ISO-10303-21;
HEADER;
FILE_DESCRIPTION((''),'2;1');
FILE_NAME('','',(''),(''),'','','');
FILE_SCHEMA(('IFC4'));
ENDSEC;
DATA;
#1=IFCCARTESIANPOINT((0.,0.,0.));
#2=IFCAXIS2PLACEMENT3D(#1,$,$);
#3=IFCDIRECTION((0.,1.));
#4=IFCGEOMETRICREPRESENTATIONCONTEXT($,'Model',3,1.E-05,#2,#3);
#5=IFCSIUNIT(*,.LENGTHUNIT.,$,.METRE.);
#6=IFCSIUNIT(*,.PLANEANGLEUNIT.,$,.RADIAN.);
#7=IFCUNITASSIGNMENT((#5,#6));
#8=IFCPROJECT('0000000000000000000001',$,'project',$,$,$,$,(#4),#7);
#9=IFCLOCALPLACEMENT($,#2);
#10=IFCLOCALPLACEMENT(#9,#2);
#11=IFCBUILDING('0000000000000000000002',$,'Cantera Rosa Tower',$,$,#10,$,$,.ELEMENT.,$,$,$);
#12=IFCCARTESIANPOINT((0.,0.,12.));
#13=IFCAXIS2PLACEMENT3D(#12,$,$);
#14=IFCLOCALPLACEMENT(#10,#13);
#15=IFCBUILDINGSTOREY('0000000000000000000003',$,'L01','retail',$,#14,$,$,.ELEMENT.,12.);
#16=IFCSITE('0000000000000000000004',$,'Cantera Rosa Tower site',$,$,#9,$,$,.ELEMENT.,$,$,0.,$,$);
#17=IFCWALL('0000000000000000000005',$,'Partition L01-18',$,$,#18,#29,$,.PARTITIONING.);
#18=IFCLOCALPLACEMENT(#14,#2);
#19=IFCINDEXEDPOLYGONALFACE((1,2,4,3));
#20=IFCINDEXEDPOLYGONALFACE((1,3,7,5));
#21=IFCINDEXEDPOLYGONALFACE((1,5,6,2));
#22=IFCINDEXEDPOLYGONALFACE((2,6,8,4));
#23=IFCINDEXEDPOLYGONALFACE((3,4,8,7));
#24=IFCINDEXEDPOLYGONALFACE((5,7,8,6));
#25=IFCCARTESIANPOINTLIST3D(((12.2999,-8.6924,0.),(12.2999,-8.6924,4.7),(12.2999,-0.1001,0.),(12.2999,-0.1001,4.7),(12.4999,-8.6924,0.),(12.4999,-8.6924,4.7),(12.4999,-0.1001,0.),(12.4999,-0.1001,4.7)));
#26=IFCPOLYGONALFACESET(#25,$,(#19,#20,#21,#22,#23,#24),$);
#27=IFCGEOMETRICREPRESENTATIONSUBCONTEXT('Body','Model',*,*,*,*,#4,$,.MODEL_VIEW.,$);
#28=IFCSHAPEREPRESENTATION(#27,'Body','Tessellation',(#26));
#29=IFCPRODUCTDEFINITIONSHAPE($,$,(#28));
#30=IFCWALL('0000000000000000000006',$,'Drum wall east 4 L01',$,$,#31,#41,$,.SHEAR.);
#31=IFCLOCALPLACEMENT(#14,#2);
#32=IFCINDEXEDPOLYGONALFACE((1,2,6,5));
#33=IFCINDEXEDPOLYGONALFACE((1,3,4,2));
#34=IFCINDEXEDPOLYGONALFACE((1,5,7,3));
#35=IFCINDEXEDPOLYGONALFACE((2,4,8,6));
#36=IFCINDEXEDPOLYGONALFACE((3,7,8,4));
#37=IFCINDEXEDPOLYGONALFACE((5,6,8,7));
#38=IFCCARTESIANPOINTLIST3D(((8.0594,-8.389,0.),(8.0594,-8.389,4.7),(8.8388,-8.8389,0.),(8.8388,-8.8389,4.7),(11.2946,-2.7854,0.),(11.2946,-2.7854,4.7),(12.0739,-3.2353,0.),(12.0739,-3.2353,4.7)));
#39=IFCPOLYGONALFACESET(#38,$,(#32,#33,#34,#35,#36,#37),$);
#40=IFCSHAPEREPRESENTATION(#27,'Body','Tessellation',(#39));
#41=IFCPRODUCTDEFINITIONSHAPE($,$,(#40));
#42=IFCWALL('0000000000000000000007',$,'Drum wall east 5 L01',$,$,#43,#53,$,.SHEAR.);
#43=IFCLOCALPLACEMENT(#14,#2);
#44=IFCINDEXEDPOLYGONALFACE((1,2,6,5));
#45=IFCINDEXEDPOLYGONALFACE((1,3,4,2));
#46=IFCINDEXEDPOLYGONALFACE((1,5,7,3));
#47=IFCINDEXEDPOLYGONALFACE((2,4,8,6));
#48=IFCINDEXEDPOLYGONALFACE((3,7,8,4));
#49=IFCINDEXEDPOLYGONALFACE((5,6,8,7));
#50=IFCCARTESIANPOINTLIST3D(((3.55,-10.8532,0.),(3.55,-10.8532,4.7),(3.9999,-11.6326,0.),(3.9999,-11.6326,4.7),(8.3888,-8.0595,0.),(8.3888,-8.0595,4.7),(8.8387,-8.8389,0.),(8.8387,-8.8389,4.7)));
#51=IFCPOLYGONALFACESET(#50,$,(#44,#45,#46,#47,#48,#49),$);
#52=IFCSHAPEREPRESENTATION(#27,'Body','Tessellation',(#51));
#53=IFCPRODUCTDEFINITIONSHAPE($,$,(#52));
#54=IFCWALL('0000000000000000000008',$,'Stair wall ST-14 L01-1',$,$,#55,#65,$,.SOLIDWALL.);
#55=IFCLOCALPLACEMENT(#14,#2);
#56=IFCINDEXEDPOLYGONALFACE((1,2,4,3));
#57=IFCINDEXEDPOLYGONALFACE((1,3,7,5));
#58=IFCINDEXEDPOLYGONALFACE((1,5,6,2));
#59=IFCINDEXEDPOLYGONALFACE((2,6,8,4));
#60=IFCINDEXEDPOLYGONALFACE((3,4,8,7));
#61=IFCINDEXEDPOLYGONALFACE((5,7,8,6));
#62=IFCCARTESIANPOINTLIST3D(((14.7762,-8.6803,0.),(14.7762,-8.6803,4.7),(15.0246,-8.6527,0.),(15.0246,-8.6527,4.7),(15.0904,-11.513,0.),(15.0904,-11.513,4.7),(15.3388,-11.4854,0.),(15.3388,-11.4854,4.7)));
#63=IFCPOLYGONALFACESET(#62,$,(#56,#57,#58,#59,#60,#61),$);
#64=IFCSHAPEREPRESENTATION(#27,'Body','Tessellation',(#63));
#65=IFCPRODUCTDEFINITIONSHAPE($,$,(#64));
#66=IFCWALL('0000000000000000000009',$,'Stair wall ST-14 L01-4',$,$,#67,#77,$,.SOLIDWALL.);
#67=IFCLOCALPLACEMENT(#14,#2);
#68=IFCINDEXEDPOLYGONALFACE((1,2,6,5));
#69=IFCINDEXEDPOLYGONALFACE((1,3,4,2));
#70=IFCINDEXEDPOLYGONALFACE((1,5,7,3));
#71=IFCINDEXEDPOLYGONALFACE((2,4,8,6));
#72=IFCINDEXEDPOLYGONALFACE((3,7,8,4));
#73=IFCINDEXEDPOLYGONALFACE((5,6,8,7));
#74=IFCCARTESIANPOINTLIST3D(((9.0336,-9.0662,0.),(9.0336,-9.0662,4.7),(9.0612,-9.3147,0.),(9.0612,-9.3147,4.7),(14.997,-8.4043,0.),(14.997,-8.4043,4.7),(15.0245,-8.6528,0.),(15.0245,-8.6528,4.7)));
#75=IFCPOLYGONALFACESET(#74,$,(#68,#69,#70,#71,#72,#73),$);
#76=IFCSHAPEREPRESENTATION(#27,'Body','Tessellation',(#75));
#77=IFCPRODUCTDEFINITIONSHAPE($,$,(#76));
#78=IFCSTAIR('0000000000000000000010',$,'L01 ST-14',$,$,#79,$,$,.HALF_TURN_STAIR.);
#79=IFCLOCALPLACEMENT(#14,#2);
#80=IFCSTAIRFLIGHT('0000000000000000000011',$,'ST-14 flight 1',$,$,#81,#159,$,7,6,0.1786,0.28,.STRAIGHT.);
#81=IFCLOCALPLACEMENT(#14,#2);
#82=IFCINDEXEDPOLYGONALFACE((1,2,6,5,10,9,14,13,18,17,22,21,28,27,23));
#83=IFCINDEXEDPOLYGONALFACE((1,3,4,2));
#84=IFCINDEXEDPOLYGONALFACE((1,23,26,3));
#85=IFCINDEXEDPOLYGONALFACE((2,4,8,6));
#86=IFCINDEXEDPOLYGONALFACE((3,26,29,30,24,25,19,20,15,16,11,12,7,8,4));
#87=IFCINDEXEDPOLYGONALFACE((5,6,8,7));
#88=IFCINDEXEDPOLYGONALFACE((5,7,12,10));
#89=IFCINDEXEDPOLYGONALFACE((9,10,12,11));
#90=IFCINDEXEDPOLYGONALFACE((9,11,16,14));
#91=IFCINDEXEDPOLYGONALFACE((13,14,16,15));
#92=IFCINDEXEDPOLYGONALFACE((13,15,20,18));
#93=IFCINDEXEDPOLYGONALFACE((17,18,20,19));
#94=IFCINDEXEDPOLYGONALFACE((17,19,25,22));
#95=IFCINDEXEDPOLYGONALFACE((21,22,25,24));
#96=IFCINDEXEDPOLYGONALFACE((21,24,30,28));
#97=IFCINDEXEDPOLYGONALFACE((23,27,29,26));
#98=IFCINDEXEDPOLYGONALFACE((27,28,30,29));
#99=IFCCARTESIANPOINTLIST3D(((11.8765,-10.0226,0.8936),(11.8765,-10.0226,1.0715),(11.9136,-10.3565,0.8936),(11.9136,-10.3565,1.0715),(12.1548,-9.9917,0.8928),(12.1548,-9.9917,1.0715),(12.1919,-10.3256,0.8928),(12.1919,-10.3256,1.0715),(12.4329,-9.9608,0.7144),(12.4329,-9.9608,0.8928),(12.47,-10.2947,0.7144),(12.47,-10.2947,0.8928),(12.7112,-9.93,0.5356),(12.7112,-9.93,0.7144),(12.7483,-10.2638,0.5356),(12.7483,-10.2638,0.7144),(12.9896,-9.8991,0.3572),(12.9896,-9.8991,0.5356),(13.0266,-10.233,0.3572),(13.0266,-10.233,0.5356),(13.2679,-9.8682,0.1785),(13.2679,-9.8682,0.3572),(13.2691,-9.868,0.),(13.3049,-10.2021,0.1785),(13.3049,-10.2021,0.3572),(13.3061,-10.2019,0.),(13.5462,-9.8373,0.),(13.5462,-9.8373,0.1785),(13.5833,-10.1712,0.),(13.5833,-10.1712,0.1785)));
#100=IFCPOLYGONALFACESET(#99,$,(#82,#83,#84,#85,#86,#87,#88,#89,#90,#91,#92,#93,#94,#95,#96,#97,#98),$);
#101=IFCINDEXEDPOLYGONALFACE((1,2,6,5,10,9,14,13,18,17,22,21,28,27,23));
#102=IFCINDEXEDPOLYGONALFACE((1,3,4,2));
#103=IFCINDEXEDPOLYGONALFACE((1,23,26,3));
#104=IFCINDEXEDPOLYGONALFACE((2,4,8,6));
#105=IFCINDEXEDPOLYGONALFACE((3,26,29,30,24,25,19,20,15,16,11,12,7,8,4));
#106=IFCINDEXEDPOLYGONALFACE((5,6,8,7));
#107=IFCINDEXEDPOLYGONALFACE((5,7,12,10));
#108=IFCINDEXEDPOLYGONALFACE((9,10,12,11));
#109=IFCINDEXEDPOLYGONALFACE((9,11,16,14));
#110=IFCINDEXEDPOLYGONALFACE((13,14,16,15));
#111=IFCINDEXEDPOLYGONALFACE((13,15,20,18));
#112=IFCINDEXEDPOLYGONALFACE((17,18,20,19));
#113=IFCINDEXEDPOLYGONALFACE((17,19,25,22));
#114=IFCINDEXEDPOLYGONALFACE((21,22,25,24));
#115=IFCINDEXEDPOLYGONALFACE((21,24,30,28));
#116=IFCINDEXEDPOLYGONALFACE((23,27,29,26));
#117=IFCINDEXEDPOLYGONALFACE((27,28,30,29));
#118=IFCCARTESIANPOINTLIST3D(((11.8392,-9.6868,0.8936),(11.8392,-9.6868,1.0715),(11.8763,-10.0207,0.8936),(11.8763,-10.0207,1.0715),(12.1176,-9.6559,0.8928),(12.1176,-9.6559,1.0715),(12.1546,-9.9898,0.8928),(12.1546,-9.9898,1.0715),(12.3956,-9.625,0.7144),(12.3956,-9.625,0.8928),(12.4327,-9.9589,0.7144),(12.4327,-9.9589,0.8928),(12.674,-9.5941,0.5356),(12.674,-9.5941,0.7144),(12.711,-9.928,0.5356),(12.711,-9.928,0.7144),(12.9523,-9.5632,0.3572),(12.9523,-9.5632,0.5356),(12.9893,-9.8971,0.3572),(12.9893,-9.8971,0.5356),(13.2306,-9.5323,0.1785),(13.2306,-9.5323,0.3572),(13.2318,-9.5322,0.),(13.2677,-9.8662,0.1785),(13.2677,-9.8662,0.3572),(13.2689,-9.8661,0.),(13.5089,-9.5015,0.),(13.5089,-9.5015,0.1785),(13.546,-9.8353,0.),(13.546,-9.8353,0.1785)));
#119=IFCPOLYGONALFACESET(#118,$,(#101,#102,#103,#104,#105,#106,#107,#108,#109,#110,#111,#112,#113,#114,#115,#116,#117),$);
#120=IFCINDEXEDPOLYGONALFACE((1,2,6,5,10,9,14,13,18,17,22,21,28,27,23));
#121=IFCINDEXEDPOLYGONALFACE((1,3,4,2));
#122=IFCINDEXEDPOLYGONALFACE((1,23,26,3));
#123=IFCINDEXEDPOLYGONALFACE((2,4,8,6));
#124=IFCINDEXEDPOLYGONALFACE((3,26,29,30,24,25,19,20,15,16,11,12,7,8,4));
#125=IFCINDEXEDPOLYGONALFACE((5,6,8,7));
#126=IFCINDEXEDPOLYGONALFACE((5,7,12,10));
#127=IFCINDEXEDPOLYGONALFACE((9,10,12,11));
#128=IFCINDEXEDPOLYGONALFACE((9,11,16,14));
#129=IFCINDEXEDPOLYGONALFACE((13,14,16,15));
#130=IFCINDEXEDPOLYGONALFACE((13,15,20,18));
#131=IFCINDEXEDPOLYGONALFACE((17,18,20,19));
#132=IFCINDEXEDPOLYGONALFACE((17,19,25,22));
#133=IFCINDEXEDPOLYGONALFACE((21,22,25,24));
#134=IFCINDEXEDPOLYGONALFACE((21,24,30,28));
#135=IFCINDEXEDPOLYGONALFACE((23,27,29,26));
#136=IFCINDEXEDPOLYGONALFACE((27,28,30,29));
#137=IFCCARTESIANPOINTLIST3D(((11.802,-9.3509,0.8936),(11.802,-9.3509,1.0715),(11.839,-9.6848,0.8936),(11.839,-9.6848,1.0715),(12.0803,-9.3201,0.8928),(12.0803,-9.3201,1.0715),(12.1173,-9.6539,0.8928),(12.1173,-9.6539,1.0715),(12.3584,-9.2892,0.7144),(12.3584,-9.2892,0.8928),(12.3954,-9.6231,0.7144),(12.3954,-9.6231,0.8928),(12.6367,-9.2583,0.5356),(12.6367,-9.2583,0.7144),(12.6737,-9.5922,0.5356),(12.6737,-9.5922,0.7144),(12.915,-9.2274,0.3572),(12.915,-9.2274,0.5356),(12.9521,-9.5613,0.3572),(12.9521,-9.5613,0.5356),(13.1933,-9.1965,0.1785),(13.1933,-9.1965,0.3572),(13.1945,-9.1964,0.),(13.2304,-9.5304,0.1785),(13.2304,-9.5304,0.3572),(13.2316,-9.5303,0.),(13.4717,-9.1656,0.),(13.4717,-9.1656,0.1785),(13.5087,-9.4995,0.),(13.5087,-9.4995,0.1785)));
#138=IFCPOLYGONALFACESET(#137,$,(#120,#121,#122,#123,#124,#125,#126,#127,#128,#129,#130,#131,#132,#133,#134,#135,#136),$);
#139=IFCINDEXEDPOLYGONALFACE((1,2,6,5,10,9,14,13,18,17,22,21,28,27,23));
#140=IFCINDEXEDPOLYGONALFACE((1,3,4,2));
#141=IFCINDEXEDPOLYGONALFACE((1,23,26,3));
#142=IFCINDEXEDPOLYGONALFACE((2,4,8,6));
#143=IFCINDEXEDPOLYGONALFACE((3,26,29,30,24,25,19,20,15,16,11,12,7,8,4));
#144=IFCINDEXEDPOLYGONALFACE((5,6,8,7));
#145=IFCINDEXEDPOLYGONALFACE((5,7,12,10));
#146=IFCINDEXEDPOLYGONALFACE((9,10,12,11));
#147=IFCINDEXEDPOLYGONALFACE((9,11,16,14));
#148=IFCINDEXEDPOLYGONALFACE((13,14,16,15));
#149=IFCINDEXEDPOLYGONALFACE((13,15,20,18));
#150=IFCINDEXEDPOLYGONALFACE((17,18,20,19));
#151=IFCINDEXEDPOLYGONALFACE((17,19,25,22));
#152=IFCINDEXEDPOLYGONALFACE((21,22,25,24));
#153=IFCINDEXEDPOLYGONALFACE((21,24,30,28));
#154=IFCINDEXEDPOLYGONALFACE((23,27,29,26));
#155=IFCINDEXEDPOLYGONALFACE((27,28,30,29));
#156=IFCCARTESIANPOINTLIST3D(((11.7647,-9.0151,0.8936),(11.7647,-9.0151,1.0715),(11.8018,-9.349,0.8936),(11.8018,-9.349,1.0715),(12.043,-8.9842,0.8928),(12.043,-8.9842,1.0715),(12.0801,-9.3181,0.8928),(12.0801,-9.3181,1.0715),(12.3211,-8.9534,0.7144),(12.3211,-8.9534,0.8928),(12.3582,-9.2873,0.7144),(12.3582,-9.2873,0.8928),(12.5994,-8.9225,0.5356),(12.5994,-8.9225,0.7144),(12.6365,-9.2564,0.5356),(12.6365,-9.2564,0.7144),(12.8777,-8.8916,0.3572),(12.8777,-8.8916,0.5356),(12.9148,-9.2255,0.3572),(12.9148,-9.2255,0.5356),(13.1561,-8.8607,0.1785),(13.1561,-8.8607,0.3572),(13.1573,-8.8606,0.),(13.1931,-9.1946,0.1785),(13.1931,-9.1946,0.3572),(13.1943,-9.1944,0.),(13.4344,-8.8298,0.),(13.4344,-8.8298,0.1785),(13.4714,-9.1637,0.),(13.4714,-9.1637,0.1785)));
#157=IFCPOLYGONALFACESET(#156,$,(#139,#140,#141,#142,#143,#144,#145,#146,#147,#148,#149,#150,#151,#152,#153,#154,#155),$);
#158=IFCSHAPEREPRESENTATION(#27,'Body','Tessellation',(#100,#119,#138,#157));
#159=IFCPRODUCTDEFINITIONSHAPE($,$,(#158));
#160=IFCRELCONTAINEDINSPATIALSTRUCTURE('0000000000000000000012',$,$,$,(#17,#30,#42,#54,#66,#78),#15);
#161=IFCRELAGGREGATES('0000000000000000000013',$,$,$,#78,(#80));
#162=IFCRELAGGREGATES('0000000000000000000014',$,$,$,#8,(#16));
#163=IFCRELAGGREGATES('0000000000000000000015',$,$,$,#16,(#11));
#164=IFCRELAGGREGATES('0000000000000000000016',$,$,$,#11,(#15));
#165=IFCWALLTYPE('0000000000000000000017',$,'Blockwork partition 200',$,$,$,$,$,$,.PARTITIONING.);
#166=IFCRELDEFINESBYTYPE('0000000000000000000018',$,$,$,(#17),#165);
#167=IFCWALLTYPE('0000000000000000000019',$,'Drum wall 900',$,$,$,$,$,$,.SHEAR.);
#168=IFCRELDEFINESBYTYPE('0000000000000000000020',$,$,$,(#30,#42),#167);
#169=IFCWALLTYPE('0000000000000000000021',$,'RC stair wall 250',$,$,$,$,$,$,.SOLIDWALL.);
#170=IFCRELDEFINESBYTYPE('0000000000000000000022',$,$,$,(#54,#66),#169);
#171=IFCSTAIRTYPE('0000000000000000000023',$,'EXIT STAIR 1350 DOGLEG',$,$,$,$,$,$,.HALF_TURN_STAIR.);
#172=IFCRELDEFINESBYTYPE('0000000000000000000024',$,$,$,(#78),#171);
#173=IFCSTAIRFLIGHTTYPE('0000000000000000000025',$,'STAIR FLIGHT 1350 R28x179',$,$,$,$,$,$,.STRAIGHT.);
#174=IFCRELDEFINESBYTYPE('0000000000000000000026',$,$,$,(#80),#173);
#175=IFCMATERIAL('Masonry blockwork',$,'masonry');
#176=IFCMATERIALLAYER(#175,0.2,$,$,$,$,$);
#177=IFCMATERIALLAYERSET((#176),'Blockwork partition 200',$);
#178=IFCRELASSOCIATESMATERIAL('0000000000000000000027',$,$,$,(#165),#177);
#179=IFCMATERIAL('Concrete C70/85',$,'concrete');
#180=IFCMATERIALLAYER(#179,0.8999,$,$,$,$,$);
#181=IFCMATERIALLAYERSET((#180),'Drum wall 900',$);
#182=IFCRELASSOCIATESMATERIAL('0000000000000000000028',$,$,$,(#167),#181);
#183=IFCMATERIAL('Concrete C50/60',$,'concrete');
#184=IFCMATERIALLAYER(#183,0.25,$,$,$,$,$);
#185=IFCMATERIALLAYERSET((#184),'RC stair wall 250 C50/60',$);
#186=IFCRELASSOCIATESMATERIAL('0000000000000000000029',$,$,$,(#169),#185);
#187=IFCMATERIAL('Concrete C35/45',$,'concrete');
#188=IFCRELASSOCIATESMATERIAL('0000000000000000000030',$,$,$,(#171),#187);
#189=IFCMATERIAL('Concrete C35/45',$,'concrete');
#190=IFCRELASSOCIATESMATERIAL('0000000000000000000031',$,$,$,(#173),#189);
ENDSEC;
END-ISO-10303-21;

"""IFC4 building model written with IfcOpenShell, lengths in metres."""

from ifc_helpers import new_model, si_unit, direction, frame, frame_2d, origin, place, context, subcontext, project, spatial, polyline, rectangle, outline, extrude, material, layer, layer_set, type_object, element, aggregate, save


model = new_model("IFC4")

# Units and contexts
model_context = context("Model", 3, precision=1e-05, world=origin(), true_north=direction((0.0, 1.0)))
body_context = subcontext(model_context, "Body", "Model", "MODEL_VIEW")
ifc_project = project(units=[si_unit("LENGTHUNIT", "METRE"), si_unit("PLANEANGLEUNIT", "RADIAN")], contexts=[model_context])

# Site, building, storey
site_placement = place(None, origin())
site = spatial("IfcSite", under=ifc_project, at=site_placement, Name="Cantera Rosa Tower site", CompositionType="ELEMENT", RefElevation=0.0)
building_placement = place(site_placement, origin())
building = spatial("IfcBuilding", under=site, at=building_placement, Name="Cantera Rosa Tower", CompositionType="ELEMENT")
storey_placement = place(building_placement, frame((0.0, 0.0, 12.0)))
storey = spatial("IfcBuildingStorey", under=building, at=storey_placement, Name="L01", Description="retail", CompositionType="ELEMENT", Elevation=12.0)

# Walls
ifc_material_1 = material(Name="Masonry blockwork", Category="masonry")
ifc_layer_1 = layer(ifc_material_1, 0.2)
ifc_layer_set_1 = layer_set([ifc_layer_1], Name="Blockwork partition 200")
wall_type_1 = type_object("IfcWallType", Name="Blockwork partition 200", PredefinedType="PARTITIONING", material=ifc_layer_set_1)
wall_1_placement = place(storey_placement, frame((12.3999, -8.6924, 0.0), z_axis=(0.0, 0.0, 1.0), x_axis=(0.0, 1.0, 0.0)))
element("IfcWall", 1, at=wall_1_placement, inside=storey, type_object=wall_type_1, Name="Partition L01-18", PredefinedType="PARTITIONING", context=body_context, shape_type="SweptSolid", body=[
    extrude(rectangle(XDim=8.5923, YDim=0.2, at=frame_2d((4.2961, 0.0))), origin(), (0.0, 0.0, 1.0), 4.7),
])
ifc_material_2 = material(Name="Concrete C70/85", Category="concrete")
ifc_layer_2 = layer(ifc_material_2, 0.8999)
ifc_layer_set_2 = layer_set([ifc_layer_2], Name="Drum wall 900")
wall_type_2 = type_object("IfcWallType", Name="Drum wall 900", PredefinedType="SHEAR", material=ifc_layer_set_2)
wall_2_placement = place(storey_placement, frame((11.6843, -3.0103, 0.0), z_axis=(0.0, 0.0, 1.0), x_axis=(-0.49999, -0.866031, 0.0)))
element("IfcWall", 2, at=wall_2_placement, inside=storey, type_object=wall_type_2, Name="Drum wall east 4 L01", PredefinedType="SHEAR", context=body_context, shape_type="SweptSolid", body=[
    extrude(rectangle(XDim=6.4705, YDim=0.8999, at=frame_2d((3.2354, 0.0))), origin(), (0.0, 0.0, 1.0), 4.7),
])
wall_3_placement = place(storey_placement, frame((8.6138, -8.4492, 0.0), z_axis=(0.0, 0.0, 1.0), x_axis=(-0.866027, -0.499997, 0.0)))
element("IfcWall", 3, at=wall_3_placement, inside=storey, type_object=wall_type_2, Name="Drum wall east 5 L01", PredefinedType="SHEAR", context=body_context, shape_type="SweptSolid", body=[
    extrude(rectangle(XDim=5.5874, YDim=0.8999, at=frame_2d((2.7937, 0.0))), origin(), (0.0, 0.0, 1.0), 4.7),
])
ifc_material_3 = material(Name="Concrete C50/60", Category="concrete")
ifc_layer_3 = layer(ifc_material_3, 0.25)
ifc_layer_set_3 = layer_set([ifc_layer_3], Name="RC stair wall 250 C50/60")
wall_type_3 = type_object("IfcWallType", Name="RC stair wall 250", PredefinedType="SOLIDWALL", material=ifc_layer_set_3)
wall_4_placement = place(storey_placement, frame((14.9004, -8.6665, 0.0), z_axis=(0.0, 0.0, 1.0), x_axis=(0.110243, -0.993905, 0.0)))
element("IfcWall", 4, at=wall_4_placement, inside=storey, type_object=wall_type_3, Name="Stair wall ST-14 L01-1", PredefinedType="SOLIDWALL", context=body_context, shape_type="SweptSolid", body=[
    extrude(rectangle(XDim=2.8501, YDim=0.25, at=frame_2d((1.425, 0.0))), origin(), (0.0, 0.0, 1.0), 4.7),
])
wall_5_placement = place(storey_placement, frame((9.0474, -9.1904, 0.0), z_axis=(0.0, 0.0, 1.0), x_axis=(0.993897, 0.110311, 0.0)))
element("IfcWall", 5, at=wall_5_placement, inside=storey, type_object=wall_type_3, Name="Stair wall ST-14 L01-4", PredefinedType="SOLIDWALL", context=body_context, shape_type="SweptSolid", body=[
    extrude(rectangle(XDim=6.0, YDim=0.25, at=frame_2d((3.0, 0.0))), origin(), (0.0, 0.0, 1.0), 4.7),
])

# Stair, stair flight
ifc_material_4 = material(Name="Concrete C35/45", Category="concrete")
stair_type = type_object("IfcStairType", Name="EXIT STAIR 1350 DOGLEG", PredefinedType="HALF_TURN_STAIR", material=ifc_material_4)
stair_placement = place(storey_placement, origin())
stair = element("IfcStair", 6, at=stair_placement, inside=storey, type_object=stair_type, Name="L01 ST-14", PredefinedType="HALF_TURN_STAIR")
ifc_material_5 = material(Name="Concrete C35/45", Category="concrete")
stair_flight_type = type_object("IfcStairFlightType", Name="STAIR FLIGHT 1350 R28x179", PredefinedType="STRAIGHT", material=ifc_material_5)
stair_flight_1_placement = place(storey_placement, frame((13.5088, -9.5002, 0.0), z_axis=(0.0, 0.0, 1.0), x_axis=(-0.993897, -0.110313, 0.0)))
stair_flight_1 = element("IfcStairFlight", 7, at=stair_flight_1_placement, type_object=stair_flight_type, Name="ST-14 flight 1", NumberOfRisers=7, NumberOfTreads=6, PredefinedType="STRAIGHT", RiserHeight=0.1786, TreadLength=0.28, context=body_context, shape_type="SweptSolid", body=[
    extrude(outline(polyline([(0.0, 0.0), (0.0, 0.1785), (0.28, 0.1785), (0.28, 0.3572), (0.5601, 0.3572), (0.5601, 0.5356), (0.8401, 0.5356), (0.8401, 0.7144), (1.1201, 0.7144), (1.1201, 0.8928), (1.3999, 0.8928), (1.3999, 1.0715), (1.6799, 1.0715), (1.6799, 1.25), (1.6799, 0.8936), (0.2788, 0.0), (0.0, 0.0)])), frame((0.0, 0.675, 0.0), z_axis=(0.0, -1.0, 0.0), x_axis=(1.0, 0.0, 0.0)), (0.0, 0.0, 1.0), 0.3359),
    extrude(outline(polyline([(0.0, 0.0), (0.0, 0.1785), (0.28, 0.1785), (0.28, 0.3572), (0.5601, 0.3572), (0.5601, 0.5356), (0.8401, 0.5356), (0.8401, 0.7144), (1.1201, 0.7144), (1.1201, 0.8928), (1.3999, 0.8928), (1.3999, 1.0715), (1.6799, 1.0715), (1.6799, 1.25), (1.6799, 0.8936), (0.2788, 0.0), (0.0, 0.0)])), frame((0.0, 0.3372, 0.0), z_axis=(0.0, -1.0, 0.0), x_axis=(1.0, 0.0, 0.0)), (0.0, 0.0, 1.0), 0.3359),
    extrude(outline(polyline([(0.0, 0.0), (0.0, 0.1785), (0.28, 0.1785), (0.28, 0.3572), (0.5601, 0.3572), (0.5601, 0.5356), (0.8401, 0.5356), (0.8401, 0.7144), (1.1201, 0.7144), (1.1201, 0.8928), (1.3999, 0.8928), (1.3999, 1.0715), (1.6799, 1.0715), (1.6799, 1.25), (1.6799, 0.8936), (0.2788, 0.0), (0.0, 0.0)])), frame((0.0, -0.0007, 0.0), z_axis=(0.0, -1.0, 0.0), x_axis=(1.0, 0.0, 0.0)), (0.0, 0.0, 1.0), 0.3359),
    extrude(outline(polyline([(0.0, 0.0), (0.0, 0.1785), (0.28, 0.1785), (0.28, 0.3572), (0.5601, 0.3572), (0.5601, 0.5356), (0.8401, 0.5356), (0.8401, 0.7144), (1.1201, 0.7144), (1.1201, 0.8928), (1.3999, 0.8928), (1.3999, 1.0715), (1.6799, 1.0715), (1.6799, 1.25), (1.6799, 0.8936), (0.2788, 0.0), (0.0, 0.0)])), frame((0.0, -0.3386, 0.0), z_axis=(0.0, -1.0, 0.0), x_axis=(1.0, 0.0, 0.0)), (0.0, 0.0, 1.0), 0.3359),
])
aggregate(stair, [stair_flight_1])

save(model, "model.ifc")
